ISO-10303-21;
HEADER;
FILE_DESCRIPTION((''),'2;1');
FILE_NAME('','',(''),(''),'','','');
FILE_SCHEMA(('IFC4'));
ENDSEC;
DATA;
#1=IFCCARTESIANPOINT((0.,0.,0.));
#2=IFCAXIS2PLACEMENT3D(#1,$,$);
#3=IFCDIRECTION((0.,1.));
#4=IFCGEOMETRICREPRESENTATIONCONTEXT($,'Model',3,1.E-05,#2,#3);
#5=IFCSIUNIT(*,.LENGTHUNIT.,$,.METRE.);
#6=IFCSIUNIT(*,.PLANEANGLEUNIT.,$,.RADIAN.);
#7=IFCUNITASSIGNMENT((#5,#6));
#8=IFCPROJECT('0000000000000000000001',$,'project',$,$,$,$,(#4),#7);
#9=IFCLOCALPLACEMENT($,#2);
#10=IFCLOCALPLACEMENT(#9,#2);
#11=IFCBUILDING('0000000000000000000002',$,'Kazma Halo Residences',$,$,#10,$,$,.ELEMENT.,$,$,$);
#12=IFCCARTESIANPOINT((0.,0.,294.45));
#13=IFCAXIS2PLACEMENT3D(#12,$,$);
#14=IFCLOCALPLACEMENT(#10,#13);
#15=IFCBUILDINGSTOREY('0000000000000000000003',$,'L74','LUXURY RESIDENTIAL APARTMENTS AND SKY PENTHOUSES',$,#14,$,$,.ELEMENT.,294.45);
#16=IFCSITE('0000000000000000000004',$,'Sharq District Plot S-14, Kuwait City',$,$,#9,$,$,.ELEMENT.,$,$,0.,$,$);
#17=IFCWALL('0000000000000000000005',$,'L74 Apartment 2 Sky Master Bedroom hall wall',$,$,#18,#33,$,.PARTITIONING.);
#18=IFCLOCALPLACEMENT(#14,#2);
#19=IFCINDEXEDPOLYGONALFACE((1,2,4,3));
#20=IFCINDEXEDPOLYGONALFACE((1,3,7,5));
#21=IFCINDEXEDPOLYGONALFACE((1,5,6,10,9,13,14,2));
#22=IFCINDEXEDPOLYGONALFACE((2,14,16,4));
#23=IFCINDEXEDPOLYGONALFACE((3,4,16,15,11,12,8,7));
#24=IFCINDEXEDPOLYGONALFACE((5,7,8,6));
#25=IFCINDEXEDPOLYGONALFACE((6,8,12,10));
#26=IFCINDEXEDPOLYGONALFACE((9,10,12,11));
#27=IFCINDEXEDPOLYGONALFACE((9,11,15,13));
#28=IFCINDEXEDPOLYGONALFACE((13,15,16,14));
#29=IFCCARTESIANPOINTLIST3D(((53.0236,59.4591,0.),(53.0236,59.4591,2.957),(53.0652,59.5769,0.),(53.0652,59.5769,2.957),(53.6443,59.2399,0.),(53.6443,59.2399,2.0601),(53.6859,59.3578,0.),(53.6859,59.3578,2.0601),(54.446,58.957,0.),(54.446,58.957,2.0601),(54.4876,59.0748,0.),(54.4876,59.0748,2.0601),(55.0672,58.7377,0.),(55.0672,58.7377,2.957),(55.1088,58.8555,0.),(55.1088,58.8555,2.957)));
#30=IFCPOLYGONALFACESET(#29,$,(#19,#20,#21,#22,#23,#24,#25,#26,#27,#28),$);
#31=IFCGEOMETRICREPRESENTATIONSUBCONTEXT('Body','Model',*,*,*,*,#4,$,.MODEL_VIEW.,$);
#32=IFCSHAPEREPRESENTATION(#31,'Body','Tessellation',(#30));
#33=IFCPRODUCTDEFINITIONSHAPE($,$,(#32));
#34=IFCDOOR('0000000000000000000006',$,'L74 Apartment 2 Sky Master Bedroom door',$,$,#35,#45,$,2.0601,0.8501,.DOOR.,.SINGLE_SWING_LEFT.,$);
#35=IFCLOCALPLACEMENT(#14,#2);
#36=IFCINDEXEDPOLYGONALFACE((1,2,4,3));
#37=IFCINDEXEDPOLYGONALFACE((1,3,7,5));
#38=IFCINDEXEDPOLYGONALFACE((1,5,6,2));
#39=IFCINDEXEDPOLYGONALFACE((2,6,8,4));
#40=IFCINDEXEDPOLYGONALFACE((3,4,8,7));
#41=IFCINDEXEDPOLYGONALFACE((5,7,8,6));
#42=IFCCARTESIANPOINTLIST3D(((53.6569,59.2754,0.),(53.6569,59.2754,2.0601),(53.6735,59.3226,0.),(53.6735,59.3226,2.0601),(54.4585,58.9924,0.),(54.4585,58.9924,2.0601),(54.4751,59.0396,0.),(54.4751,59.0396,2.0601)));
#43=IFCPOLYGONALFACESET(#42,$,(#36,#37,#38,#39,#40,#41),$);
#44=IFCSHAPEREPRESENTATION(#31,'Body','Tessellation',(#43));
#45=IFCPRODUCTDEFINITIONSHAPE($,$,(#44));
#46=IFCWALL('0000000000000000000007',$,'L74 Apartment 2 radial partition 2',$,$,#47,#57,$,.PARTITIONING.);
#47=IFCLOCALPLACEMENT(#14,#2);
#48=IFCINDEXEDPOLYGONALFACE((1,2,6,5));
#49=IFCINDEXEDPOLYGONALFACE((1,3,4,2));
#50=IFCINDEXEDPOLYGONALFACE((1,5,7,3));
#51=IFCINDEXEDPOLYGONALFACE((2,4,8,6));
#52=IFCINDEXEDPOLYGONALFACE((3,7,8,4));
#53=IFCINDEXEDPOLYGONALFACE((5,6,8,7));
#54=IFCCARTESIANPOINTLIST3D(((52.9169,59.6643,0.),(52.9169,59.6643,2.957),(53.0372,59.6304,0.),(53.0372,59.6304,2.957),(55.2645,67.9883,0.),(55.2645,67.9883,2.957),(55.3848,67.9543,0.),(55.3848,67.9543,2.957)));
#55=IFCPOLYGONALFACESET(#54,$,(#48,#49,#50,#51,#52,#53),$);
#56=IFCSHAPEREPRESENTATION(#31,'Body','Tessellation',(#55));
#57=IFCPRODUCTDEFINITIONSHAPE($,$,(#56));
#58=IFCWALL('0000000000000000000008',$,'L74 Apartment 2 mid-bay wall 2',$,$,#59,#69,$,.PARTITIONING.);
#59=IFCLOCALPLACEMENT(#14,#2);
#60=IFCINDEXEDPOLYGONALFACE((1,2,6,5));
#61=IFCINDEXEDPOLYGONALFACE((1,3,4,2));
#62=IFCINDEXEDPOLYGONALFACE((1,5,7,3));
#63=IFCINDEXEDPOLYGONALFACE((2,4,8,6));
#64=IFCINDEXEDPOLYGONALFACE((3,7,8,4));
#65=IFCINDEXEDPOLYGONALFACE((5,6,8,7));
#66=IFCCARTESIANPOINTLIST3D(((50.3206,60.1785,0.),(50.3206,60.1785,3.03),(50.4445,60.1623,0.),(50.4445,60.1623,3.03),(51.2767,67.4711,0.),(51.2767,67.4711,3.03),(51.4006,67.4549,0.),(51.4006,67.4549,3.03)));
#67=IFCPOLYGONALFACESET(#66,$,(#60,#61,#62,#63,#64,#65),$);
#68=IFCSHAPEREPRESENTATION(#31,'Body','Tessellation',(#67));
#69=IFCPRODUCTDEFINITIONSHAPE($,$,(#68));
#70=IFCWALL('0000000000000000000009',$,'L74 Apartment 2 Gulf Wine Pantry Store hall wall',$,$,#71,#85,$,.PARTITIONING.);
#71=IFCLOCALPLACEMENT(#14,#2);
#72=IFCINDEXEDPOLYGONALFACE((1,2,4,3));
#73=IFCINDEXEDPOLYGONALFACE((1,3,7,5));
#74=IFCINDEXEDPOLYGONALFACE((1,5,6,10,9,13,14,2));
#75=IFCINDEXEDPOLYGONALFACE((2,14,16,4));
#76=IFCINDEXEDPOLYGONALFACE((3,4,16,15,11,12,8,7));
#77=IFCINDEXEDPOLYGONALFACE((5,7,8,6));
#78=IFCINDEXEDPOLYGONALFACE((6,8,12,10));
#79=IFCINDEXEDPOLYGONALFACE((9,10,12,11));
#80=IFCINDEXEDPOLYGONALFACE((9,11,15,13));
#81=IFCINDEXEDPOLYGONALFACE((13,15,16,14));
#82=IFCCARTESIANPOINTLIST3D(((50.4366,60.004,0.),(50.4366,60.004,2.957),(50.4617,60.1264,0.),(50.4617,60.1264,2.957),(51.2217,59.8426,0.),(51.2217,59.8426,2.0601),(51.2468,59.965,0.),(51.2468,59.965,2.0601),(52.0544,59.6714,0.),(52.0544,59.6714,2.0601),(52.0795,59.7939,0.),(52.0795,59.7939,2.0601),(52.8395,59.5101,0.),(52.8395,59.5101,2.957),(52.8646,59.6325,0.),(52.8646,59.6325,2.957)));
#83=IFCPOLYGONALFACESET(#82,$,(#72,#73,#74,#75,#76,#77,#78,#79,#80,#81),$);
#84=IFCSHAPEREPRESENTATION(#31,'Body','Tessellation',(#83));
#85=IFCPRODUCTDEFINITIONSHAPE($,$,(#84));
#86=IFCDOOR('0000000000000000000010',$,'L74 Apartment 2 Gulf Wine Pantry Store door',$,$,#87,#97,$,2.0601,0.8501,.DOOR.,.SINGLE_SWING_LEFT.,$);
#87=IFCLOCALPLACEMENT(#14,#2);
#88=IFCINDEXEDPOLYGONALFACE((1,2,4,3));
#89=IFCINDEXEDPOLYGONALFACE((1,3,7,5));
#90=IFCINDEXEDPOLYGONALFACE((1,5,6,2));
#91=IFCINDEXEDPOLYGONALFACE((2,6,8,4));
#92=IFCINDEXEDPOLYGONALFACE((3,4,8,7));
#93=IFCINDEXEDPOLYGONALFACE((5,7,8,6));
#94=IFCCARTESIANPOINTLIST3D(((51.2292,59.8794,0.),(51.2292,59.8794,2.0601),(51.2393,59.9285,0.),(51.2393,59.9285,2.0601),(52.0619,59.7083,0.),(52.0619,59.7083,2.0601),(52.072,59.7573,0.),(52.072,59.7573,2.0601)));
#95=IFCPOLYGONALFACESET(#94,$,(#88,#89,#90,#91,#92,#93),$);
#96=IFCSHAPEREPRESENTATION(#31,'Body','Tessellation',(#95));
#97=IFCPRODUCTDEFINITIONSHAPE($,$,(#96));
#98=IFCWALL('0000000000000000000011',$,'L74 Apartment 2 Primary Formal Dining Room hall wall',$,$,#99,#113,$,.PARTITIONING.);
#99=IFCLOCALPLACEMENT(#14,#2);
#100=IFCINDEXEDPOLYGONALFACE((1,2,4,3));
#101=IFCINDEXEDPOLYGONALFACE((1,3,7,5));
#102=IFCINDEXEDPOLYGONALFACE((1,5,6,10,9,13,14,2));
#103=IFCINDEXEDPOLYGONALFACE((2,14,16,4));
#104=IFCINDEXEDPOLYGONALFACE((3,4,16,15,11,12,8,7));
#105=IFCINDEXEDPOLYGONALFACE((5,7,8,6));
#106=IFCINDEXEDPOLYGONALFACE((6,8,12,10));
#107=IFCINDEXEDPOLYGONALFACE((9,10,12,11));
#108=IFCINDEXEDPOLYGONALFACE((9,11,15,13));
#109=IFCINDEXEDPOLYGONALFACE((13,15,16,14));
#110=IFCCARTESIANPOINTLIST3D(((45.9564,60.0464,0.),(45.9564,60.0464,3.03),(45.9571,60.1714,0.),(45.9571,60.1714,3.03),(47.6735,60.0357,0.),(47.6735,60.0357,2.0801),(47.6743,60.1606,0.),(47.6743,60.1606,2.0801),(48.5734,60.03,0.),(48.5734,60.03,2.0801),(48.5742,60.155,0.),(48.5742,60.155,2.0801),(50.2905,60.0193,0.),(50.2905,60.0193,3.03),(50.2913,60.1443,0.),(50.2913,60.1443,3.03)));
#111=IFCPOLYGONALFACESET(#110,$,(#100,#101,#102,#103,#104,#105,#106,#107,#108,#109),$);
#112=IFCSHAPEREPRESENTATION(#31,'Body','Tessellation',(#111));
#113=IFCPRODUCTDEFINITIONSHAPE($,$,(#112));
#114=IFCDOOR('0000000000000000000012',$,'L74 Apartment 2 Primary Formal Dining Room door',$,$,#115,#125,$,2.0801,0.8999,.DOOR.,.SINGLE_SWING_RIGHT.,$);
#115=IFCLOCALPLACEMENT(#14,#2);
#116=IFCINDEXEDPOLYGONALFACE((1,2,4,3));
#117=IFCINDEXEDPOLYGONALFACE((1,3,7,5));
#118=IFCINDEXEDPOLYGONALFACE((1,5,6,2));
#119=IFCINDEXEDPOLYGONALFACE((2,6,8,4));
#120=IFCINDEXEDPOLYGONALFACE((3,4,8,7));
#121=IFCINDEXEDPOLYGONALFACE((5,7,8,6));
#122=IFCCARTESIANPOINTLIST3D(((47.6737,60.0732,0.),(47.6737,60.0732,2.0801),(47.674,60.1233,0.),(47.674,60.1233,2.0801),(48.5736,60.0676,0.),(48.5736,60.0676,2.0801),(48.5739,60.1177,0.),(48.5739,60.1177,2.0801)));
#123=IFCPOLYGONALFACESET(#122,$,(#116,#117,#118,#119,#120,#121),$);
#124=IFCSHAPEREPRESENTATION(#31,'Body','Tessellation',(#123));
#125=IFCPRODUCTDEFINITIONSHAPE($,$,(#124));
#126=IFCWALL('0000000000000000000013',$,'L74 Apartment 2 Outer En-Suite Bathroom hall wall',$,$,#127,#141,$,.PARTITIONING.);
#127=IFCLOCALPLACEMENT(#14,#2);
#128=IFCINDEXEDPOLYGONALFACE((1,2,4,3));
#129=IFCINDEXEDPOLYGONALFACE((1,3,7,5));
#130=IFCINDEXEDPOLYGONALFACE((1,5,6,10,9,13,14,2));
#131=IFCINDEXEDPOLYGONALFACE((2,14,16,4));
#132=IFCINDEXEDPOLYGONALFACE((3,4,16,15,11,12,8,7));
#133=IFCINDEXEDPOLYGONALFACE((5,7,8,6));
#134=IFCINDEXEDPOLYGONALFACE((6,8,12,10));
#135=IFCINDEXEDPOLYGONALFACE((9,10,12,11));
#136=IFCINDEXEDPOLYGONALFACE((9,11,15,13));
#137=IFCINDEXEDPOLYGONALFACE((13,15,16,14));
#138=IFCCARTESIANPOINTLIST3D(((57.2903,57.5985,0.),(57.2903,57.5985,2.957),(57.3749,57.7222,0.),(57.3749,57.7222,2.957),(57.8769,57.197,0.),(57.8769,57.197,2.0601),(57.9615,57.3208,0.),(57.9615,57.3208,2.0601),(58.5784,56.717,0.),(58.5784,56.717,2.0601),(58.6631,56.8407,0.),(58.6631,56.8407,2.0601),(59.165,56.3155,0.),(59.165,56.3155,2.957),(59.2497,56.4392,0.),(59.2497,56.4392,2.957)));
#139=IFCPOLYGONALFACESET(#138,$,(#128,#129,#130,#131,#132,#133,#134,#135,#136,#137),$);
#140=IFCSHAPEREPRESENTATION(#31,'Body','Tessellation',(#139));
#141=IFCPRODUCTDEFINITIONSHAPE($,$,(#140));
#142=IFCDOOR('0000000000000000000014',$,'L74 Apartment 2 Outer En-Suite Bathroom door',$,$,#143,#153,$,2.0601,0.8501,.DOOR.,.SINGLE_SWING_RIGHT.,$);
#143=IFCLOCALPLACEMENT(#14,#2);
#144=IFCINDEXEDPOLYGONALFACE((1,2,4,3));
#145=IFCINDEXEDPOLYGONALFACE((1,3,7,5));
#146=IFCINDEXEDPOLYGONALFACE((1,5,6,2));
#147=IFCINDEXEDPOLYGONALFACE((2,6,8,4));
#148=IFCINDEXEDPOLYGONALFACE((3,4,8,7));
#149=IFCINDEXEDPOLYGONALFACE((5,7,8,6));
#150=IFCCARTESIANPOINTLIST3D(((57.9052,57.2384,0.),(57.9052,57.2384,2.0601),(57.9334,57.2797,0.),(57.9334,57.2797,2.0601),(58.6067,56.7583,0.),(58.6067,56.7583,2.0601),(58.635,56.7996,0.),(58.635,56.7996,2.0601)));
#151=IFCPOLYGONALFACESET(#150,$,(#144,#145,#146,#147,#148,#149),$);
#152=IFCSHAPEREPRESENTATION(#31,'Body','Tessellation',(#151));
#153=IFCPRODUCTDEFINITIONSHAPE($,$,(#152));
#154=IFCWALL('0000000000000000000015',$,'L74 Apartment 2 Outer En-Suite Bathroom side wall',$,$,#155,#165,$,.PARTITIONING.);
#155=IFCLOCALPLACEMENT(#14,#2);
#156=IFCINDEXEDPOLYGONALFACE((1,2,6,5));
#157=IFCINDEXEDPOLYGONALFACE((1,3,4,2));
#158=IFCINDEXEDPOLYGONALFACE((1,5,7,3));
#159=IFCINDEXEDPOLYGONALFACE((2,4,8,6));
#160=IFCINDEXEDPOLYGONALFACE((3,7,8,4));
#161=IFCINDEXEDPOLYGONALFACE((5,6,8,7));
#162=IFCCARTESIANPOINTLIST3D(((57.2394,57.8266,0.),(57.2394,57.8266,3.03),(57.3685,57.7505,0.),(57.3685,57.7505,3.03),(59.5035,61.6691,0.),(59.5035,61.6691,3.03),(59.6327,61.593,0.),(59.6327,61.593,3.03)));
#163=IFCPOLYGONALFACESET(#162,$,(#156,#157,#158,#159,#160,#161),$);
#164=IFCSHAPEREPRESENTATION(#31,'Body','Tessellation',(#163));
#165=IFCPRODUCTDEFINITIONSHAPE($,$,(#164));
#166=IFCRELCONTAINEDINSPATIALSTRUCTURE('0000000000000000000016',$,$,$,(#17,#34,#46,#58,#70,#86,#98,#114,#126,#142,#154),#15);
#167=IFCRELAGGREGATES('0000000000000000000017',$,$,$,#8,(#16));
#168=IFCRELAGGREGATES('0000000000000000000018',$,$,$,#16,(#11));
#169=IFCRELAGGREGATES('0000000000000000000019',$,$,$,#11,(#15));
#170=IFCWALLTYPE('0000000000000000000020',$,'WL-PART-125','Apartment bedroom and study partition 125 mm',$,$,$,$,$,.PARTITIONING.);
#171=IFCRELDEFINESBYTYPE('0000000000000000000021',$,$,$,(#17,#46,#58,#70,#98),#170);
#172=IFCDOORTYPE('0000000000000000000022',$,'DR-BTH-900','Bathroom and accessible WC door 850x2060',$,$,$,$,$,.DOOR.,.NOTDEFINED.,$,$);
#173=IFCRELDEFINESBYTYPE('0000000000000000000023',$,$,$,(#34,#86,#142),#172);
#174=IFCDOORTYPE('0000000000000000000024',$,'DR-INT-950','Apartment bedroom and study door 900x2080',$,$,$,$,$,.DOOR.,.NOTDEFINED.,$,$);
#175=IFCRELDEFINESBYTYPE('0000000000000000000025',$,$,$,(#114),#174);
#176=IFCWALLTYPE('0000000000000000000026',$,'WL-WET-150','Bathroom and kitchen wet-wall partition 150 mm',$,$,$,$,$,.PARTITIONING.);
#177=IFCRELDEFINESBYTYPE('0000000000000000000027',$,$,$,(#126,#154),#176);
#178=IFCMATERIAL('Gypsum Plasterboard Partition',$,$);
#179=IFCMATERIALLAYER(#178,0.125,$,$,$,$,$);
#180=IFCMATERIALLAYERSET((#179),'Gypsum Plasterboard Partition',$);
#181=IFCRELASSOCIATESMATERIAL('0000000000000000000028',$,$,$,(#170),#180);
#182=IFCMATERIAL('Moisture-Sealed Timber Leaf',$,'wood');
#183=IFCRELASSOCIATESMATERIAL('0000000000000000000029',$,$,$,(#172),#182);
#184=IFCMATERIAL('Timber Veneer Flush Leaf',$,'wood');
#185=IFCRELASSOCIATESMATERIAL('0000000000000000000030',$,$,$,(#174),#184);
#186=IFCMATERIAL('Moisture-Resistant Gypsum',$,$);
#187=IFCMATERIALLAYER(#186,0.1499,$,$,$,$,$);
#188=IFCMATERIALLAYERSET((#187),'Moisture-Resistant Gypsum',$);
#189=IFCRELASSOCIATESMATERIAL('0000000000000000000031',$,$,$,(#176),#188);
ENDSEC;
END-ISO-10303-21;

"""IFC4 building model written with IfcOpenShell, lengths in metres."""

from ifc_helpers import new_model, si_unit, direction, frame, frame_2d, origin, place, context, subcontext, project, spatial, rectangle, extrude, material, layer, layer_set, type_object, element, fill, save


model = new_model("IFC4")

# Units and contexts
model_context = context("Model", 3, precision=1e-05, world=origin(), true_north=direction((0.0, 1.0)))
body_context = subcontext(model_context, "Body", "Model", "MODEL_VIEW")
ifc_project = project(units=[si_unit("LENGTHUNIT", "METRE"), si_unit("PLANEANGLEUNIT", "RADIAN")], contexts=[model_context])

# Site, building, storey
site_placement = place(None, origin())
site = spatial("IfcSite", under=ifc_project, at=site_placement, Name="Sharq District Plot S-14, Kuwait City", CompositionType="ELEMENT", RefElevation=0.0)
building_placement = place(site_placement, origin())
building = spatial("IfcBuilding", under=site, at=building_placement, Name="Kazma Halo Residences", CompositionType="ELEMENT")
storey_placement = place(building_placement, frame((0.0, 0.0, 294.45)))
storey = spatial("IfcBuildingStorey", under=building, at=storey_placement, Name="L74", Description="LUXURY RESIDENTIAL APARTMENTS AND SKY PENTHOUSES", CompositionType="ELEMENT", Elevation=294.45)

# Shared definitions
ifc_material_1 = material(Name="Gypsum Plasterboard Partition")
ifc_layer_1 = layer(ifc_material_1, 0.125)
ifc_layer_set_1 = layer_set([ifc_layer_1], Name="Gypsum Plasterboard Partition")
wall_type_1 = type_object("IfcWallType", Name="WL-PART-125", Description="Apartment bedroom and study partition 125 mm", PredefinedType="PARTITIONING", material=ifc_layer_set_1)

# Wall, opening, door
ifc_material_2 = material(Name="Moisture-Sealed Timber Leaf", Category="wood")
door_type_1 = type_object("IfcDoorType", Name="DR-BTH-900", Description="Bathroom and accessible WC door 850x2060", OperationType="NOTDEFINED", PredefinedType="DOOR", material=ifc_material_2)
wall_1_placement = place(storey_placement, frame((55.0879, 58.7966, 0.0), z_axis=(0.0, 0.0, 1.0), x_axis=(-0.942972, 0.332873, 0.0)))
wall_1 = element("IfcWall", 1, at=wall_1_placement, inside=storey, type_object=wall_type_1, Name="L74 Apartment 2 Sky Master Bedroom hall wall", PredefinedType="PARTITIONING", context=body_context, shape_type="SweptSolid", body=[
    extrude(rectangle(XDim=2.1672, YDim=0.125, at=frame_2d((1.0835, 0.0))), origin(), (0.0, 0.0, 1.0), 2.957),
])
opening_1_placement = place(wall_1_placement, frame((0.6587, 0.0, 0.0)))
opening_1 = element("IfcOpeningElement", 2, at=opening_1_placement, cuts=wall_1, PredefinedType="OPENING", context=body_context, shape_type="SweptSolid", body=[
    extrude(rectangle(XDim=0.8501, YDim=2.0601, at=frame_2d((0.425, 1.03))), frame((0.0, 0.0725, 0.0), z_axis=(0.0, -1.0, 0.0), x_axis=(1.0, 0.0, 0.0)), (0.0, 0.0, 1.0), 0.145),
])
door_1_placement = place(opening_1_placement, origin())
door_1 = element("IfcDoor", 3, at=door_1_placement, inside=storey, type_object=door_type_1, Name="L74 Apartment 2 Sky Master Bedroom door", OperationType="SINGLE_SWING_LEFT", OverallHeight=2.0601, OverallWidth=0.8501, PredefinedType="DOOR", context=body_context, shape_type="SweptSolid", body=[
    extrude(rectangle(XDim=0.8501, YDim=2.0601, at=frame_2d((0.425, 1.03))), frame((0.0, 0.0249, 0.0), z_axis=(0.0, -1.0, 0.0), x_axis=(1.0, 0.0, 0.0)), (0.0, 0.0, 1.0), 0.05),
])
fill(opening_1, door_1)

# Walls
wall_2_placement = place(storey_placement, frame((52.9771, 59.6475, 0.0), z_axis=(0.0, 0.0, 1.0), x_axis=(0.271446, 0.962454, 0.0)))
element("IfcWall", 4, at=wall_2_placement, inside=storey, type_object=wall_type_1, Name="L74 Apartment 2 radial partition 2", PredefinedType="PARTITIONING", context=body_context, shape_type="SweptSolid", body=[
    extrude(rectangle(XDim=8.6487, YDim=0.125, at=frame_2d((4.3242, 0.0))), origin(), (0.0, 0.0, 1.0), 2.957),
])
wall_3_placement = place(storey_placement, frame((50.3826, 60.1704, 0.0), z_axis=(0.0, 0.0, 1.0), x_axis=(0.129989, 0.991515, 0.0)))
element("IfcWall", 5, at=wall_3_placement, inside=storey, type_object=wall_type_1, Name="L74 Apartment 2 mid-bay wall 2", PredefinedType="PARTITIONING", context=body_context, shape_type="SweptSolid", body=[
    extrude(rectangle(XDim=7.355, YDim=0.125, at=frame_2d((3.6775, 0.0))), origin(), (0.0, 0.0, 1.0), 3.03),
])

# Walls, openings, doors
wall_4_placement = place(storey_placement, frame((52.8521, 59.5713, 0.0), z_axis=(0.0, 0.0, 1.0), x_axis=(-0.979522, 0.201338, 0.0)))
wall_4 = element("IfcWall", 6, at=wall_4_placement, inside=storey, type_object=wall_type_1, Name="L74 Apartment 2 Gulf Wine Pantry Store hall wall", PredefinedType="PARTITIONING", context=body_context, shape_type="SweptSolid", body=[
    extrude(rectangle(XDim=2.4531, YDim=0.125, at=frame_2d((1.2266, 0.0))), origin(), (0.0, 0.0, 1.0), 2.957),
])
opening_2_placement = place(wall_4_placement, frame((0.8015, 0.0, 0.0)))
opening_2 = element("IfcOpeningElement", 7, at=opening_2_placement, cuts=wall_4, PredefinedType="OPENING", context=body_context, shape_type="SweptSolid", body=[
    extrude(rectangle(XDim=0.8501, YDim=2.0601, at=frame_2d((0.425, 1.03))), frame((0.0, 0.0725, 0.0), z_axis=(0.0, -1.0, 0.0), x_axis=(1.0, 0.0, 0.0)), (0.0, 0.0, 1.0), 0.145),
])
door_2_placement = place(opening_2_placement, origin())
door_2 = element("IfcDoor", 8, at=door_2_placement, inside=storey, type_object=door_type_1, Name="L74 Apartment 2 Gulf Wine Pantry Store door", OperationType="SINGLE_SWING_LEFT", OverallHeight=2.0601, OverallWidth=0.8501, PredefinedType="DOOR", context=body_context, shape_type="SweptSolid", body=[
    extrude(rectangle(XDim=0.8501, YDim=2.0601, at=frame_2d((0.425, 1.03))), frame((0.0, 0.0249, 0.0), z_axis=(0.0, -1.0, 0.0), x_axis=(1.0, 0.0, 0.0)), (0.0, 0.0, 1.0), 0.05),
])
fill(opening_2, door_2)
wall_5_placement = place(storey_placement, frame((50.2908, 60.0818, 0.0), z_axis=(0.0, 0.0, 1.0), x_axis=(-0.99998, 0.006252, 0.0)))
wall_5 = element("IfcWall", 9, at=wall_5_placement, inside=storey, type_object=wall_type_1, Name="L74 Apartment 2 Primary Formal Dining Room hall wall", PredefinedType="PARTITIONING", context=body_context, shape_type="SweptSolid", body=[
    extrude(rectangle(XDim=4.3342, YDim=0.125, at=frame_2d((2.167, 0.0))), origin(), (0.0, 0.0, 1.0), 3.03),
])
opening_3_placement = place(wall_5_placement, frame((1.717, 0.0, 0.0)))
opening_3 = element("IfcOpeningElement", 10, at=opening_3_placement, cuts=wall_5, PredefinedType="OPENING", context=body_context, shape_type="SweptSolid", body=[
    extrude(rectangle(XDim=0.8999, YDim=2.0801, at=frame_2d((0.45, 1.04))), frame((0.0, 0.0725, 0.0), z_axis=(0.0, -1.0, 0.0), x_axis=(1.0, 0.0, 0.0)), (0.0, 0.0, 1.0), 0.145),
])
ifc_material_3 = material(Name="Timber Veneer Flush Leaf", Category="wood")
door_type_2 = type_object("IfcDoorType", Name="DR-INT-950", Description="Apartment bedroom and study door 900x2080", OperationType="NOTDEFINED", PredefinedType="DOOR", material=ifc_material_3)
door_3_placement = place(opening_3_placement, origin())
door_3 = element("IfcDoor", 11, at=door_3_placement, inside=storey, type_object=door_type_2, Name="L74 Apartment 2 Primary Formal Dining Room door", OperationType="SINGLE_SWING_RIGHT", OverallHeight=2.0801, OverallWidth=0.8999, PredefinedType="DOOR", context=body_context, shape_type="SweptSolid", body=[
    extrude(rectangle(XDim=0.8999, YDim=2.0801, at=frame_2d((0.45, 1.04))), frame((0.0, 0.0249, 0.0), z_axis=(0.0, -1.0, 0.0), x_axis=(1.0, 0.0, 0.0)), (0.0, 0.0, 1.0), 0.05),
])
fill(opening_3, door_3)
ifc_material_4 = material(Name="Moisture-Resistant Gypsum")
ifc_layer_2 = layer(ifc_material_4, 0.1499)
ifc_layer_set_2 = layer_set([ifc_layer_2], Name="Moisture-Resistant Gypsum")
wall_type_2 = type_object("IfcWallType", Name="WL-WET-150", Description="Bathroom and kitchen wet-wall partition 150 mm", PredefinedType="PARTITIONING", material=ifc_layer_set_2)
wall_6_placement = place(storey_placement, frame((59.2073, 56.3774, 0.0), z_axis=(0.0, 0.0, 1.0), x_axis=(-0.82526, 0.564753, 0.0)))
wall_6 = element("IfcWall", 12, at=wall_6_placement, inside=storey, type_object=wall_type_2, Name="L74 Apartment 2 Outer En-Suite Bathroom hall wall", PredefinedType="PARTITIONING", context=body_context, shape_type="SweptSolid", body=[
    extrude(rectangle(XDim=2.2717, YDim=0.1499, at=frame_2d((1.1357, 0.0))), origin(), (0.0, 0.0, 1.0), 2.957),
])
opening_4_placement = place(wall_6_placement, frame((0.7107, 0.0, 0.0)))
opening_4 = element("IfcOpeningElement", 13, at=opening_4_placement, cuts=wall_6, PredefinedType="OPENING", context=body_context, shape_type="SweptSolid", body=[
    extrude(rectangle(XDim=0.8501, YDim=2.0601, at=frame_2d((0.425, 1.03))), frame((0.0, 0.085, 0.0), z_axis=(0.0, -1.0, 0.0), x_axis=(1.0, 0.0, 0.0)), (0.0, 0.0, 1.0), 0.1699),
])
door_4_placement = place(opening_4_placement, origin())
door_4 = element("IfcDoor", 14, at=door_4_placement, inside=storey, type_object=door_type_1, Name="L74 Apartment 2 Outer En-Suite Bathroom door", OperationType="SINGLE_SWING_RIGHT", OverallHeight=2.0601, OverallWidth=0.8501, PredefinedType="DOOR", context=body_context, shape_type="SweptSolid", body=[
    extrude(rectangle(XDim=0.8501, YDim=2.0601, at=frame_2d((0.425, 1.03))), frame((0.0, 0.0249, 0.0), z_axis=(0.0, -1.0, 0.0), x_axis=(1.0, 0.0, 0.0)), (0.0, 0.0, 1.0), 0.05),
])
fill(opening_4, door_4)

# Wall
wall_7_placement = place(storey_placement, frame((57.304, 57.7886, 0.0), z_axis=(0.0, 0.0, 1.0), x_axis=(0.507661, 0.861557, 0.0)))
element("IfcWall", 15, at=wall_7_placement, inside=storey, type_object=wall_type_2, Name="L74 Apartment 2 Outer En-Suite Bathroom side wall", PredefinedType="PARTITIONING", context=body_context, shape_type="SweptSolid", body=[
    extrude(rectangle(XDim=4.46, YDim=0.1499, at=frame_2d((2.23, 0.0))), origin(), (0.0, 0.0, 1.0), 3.03),
])

save(model, "model.ifc")
